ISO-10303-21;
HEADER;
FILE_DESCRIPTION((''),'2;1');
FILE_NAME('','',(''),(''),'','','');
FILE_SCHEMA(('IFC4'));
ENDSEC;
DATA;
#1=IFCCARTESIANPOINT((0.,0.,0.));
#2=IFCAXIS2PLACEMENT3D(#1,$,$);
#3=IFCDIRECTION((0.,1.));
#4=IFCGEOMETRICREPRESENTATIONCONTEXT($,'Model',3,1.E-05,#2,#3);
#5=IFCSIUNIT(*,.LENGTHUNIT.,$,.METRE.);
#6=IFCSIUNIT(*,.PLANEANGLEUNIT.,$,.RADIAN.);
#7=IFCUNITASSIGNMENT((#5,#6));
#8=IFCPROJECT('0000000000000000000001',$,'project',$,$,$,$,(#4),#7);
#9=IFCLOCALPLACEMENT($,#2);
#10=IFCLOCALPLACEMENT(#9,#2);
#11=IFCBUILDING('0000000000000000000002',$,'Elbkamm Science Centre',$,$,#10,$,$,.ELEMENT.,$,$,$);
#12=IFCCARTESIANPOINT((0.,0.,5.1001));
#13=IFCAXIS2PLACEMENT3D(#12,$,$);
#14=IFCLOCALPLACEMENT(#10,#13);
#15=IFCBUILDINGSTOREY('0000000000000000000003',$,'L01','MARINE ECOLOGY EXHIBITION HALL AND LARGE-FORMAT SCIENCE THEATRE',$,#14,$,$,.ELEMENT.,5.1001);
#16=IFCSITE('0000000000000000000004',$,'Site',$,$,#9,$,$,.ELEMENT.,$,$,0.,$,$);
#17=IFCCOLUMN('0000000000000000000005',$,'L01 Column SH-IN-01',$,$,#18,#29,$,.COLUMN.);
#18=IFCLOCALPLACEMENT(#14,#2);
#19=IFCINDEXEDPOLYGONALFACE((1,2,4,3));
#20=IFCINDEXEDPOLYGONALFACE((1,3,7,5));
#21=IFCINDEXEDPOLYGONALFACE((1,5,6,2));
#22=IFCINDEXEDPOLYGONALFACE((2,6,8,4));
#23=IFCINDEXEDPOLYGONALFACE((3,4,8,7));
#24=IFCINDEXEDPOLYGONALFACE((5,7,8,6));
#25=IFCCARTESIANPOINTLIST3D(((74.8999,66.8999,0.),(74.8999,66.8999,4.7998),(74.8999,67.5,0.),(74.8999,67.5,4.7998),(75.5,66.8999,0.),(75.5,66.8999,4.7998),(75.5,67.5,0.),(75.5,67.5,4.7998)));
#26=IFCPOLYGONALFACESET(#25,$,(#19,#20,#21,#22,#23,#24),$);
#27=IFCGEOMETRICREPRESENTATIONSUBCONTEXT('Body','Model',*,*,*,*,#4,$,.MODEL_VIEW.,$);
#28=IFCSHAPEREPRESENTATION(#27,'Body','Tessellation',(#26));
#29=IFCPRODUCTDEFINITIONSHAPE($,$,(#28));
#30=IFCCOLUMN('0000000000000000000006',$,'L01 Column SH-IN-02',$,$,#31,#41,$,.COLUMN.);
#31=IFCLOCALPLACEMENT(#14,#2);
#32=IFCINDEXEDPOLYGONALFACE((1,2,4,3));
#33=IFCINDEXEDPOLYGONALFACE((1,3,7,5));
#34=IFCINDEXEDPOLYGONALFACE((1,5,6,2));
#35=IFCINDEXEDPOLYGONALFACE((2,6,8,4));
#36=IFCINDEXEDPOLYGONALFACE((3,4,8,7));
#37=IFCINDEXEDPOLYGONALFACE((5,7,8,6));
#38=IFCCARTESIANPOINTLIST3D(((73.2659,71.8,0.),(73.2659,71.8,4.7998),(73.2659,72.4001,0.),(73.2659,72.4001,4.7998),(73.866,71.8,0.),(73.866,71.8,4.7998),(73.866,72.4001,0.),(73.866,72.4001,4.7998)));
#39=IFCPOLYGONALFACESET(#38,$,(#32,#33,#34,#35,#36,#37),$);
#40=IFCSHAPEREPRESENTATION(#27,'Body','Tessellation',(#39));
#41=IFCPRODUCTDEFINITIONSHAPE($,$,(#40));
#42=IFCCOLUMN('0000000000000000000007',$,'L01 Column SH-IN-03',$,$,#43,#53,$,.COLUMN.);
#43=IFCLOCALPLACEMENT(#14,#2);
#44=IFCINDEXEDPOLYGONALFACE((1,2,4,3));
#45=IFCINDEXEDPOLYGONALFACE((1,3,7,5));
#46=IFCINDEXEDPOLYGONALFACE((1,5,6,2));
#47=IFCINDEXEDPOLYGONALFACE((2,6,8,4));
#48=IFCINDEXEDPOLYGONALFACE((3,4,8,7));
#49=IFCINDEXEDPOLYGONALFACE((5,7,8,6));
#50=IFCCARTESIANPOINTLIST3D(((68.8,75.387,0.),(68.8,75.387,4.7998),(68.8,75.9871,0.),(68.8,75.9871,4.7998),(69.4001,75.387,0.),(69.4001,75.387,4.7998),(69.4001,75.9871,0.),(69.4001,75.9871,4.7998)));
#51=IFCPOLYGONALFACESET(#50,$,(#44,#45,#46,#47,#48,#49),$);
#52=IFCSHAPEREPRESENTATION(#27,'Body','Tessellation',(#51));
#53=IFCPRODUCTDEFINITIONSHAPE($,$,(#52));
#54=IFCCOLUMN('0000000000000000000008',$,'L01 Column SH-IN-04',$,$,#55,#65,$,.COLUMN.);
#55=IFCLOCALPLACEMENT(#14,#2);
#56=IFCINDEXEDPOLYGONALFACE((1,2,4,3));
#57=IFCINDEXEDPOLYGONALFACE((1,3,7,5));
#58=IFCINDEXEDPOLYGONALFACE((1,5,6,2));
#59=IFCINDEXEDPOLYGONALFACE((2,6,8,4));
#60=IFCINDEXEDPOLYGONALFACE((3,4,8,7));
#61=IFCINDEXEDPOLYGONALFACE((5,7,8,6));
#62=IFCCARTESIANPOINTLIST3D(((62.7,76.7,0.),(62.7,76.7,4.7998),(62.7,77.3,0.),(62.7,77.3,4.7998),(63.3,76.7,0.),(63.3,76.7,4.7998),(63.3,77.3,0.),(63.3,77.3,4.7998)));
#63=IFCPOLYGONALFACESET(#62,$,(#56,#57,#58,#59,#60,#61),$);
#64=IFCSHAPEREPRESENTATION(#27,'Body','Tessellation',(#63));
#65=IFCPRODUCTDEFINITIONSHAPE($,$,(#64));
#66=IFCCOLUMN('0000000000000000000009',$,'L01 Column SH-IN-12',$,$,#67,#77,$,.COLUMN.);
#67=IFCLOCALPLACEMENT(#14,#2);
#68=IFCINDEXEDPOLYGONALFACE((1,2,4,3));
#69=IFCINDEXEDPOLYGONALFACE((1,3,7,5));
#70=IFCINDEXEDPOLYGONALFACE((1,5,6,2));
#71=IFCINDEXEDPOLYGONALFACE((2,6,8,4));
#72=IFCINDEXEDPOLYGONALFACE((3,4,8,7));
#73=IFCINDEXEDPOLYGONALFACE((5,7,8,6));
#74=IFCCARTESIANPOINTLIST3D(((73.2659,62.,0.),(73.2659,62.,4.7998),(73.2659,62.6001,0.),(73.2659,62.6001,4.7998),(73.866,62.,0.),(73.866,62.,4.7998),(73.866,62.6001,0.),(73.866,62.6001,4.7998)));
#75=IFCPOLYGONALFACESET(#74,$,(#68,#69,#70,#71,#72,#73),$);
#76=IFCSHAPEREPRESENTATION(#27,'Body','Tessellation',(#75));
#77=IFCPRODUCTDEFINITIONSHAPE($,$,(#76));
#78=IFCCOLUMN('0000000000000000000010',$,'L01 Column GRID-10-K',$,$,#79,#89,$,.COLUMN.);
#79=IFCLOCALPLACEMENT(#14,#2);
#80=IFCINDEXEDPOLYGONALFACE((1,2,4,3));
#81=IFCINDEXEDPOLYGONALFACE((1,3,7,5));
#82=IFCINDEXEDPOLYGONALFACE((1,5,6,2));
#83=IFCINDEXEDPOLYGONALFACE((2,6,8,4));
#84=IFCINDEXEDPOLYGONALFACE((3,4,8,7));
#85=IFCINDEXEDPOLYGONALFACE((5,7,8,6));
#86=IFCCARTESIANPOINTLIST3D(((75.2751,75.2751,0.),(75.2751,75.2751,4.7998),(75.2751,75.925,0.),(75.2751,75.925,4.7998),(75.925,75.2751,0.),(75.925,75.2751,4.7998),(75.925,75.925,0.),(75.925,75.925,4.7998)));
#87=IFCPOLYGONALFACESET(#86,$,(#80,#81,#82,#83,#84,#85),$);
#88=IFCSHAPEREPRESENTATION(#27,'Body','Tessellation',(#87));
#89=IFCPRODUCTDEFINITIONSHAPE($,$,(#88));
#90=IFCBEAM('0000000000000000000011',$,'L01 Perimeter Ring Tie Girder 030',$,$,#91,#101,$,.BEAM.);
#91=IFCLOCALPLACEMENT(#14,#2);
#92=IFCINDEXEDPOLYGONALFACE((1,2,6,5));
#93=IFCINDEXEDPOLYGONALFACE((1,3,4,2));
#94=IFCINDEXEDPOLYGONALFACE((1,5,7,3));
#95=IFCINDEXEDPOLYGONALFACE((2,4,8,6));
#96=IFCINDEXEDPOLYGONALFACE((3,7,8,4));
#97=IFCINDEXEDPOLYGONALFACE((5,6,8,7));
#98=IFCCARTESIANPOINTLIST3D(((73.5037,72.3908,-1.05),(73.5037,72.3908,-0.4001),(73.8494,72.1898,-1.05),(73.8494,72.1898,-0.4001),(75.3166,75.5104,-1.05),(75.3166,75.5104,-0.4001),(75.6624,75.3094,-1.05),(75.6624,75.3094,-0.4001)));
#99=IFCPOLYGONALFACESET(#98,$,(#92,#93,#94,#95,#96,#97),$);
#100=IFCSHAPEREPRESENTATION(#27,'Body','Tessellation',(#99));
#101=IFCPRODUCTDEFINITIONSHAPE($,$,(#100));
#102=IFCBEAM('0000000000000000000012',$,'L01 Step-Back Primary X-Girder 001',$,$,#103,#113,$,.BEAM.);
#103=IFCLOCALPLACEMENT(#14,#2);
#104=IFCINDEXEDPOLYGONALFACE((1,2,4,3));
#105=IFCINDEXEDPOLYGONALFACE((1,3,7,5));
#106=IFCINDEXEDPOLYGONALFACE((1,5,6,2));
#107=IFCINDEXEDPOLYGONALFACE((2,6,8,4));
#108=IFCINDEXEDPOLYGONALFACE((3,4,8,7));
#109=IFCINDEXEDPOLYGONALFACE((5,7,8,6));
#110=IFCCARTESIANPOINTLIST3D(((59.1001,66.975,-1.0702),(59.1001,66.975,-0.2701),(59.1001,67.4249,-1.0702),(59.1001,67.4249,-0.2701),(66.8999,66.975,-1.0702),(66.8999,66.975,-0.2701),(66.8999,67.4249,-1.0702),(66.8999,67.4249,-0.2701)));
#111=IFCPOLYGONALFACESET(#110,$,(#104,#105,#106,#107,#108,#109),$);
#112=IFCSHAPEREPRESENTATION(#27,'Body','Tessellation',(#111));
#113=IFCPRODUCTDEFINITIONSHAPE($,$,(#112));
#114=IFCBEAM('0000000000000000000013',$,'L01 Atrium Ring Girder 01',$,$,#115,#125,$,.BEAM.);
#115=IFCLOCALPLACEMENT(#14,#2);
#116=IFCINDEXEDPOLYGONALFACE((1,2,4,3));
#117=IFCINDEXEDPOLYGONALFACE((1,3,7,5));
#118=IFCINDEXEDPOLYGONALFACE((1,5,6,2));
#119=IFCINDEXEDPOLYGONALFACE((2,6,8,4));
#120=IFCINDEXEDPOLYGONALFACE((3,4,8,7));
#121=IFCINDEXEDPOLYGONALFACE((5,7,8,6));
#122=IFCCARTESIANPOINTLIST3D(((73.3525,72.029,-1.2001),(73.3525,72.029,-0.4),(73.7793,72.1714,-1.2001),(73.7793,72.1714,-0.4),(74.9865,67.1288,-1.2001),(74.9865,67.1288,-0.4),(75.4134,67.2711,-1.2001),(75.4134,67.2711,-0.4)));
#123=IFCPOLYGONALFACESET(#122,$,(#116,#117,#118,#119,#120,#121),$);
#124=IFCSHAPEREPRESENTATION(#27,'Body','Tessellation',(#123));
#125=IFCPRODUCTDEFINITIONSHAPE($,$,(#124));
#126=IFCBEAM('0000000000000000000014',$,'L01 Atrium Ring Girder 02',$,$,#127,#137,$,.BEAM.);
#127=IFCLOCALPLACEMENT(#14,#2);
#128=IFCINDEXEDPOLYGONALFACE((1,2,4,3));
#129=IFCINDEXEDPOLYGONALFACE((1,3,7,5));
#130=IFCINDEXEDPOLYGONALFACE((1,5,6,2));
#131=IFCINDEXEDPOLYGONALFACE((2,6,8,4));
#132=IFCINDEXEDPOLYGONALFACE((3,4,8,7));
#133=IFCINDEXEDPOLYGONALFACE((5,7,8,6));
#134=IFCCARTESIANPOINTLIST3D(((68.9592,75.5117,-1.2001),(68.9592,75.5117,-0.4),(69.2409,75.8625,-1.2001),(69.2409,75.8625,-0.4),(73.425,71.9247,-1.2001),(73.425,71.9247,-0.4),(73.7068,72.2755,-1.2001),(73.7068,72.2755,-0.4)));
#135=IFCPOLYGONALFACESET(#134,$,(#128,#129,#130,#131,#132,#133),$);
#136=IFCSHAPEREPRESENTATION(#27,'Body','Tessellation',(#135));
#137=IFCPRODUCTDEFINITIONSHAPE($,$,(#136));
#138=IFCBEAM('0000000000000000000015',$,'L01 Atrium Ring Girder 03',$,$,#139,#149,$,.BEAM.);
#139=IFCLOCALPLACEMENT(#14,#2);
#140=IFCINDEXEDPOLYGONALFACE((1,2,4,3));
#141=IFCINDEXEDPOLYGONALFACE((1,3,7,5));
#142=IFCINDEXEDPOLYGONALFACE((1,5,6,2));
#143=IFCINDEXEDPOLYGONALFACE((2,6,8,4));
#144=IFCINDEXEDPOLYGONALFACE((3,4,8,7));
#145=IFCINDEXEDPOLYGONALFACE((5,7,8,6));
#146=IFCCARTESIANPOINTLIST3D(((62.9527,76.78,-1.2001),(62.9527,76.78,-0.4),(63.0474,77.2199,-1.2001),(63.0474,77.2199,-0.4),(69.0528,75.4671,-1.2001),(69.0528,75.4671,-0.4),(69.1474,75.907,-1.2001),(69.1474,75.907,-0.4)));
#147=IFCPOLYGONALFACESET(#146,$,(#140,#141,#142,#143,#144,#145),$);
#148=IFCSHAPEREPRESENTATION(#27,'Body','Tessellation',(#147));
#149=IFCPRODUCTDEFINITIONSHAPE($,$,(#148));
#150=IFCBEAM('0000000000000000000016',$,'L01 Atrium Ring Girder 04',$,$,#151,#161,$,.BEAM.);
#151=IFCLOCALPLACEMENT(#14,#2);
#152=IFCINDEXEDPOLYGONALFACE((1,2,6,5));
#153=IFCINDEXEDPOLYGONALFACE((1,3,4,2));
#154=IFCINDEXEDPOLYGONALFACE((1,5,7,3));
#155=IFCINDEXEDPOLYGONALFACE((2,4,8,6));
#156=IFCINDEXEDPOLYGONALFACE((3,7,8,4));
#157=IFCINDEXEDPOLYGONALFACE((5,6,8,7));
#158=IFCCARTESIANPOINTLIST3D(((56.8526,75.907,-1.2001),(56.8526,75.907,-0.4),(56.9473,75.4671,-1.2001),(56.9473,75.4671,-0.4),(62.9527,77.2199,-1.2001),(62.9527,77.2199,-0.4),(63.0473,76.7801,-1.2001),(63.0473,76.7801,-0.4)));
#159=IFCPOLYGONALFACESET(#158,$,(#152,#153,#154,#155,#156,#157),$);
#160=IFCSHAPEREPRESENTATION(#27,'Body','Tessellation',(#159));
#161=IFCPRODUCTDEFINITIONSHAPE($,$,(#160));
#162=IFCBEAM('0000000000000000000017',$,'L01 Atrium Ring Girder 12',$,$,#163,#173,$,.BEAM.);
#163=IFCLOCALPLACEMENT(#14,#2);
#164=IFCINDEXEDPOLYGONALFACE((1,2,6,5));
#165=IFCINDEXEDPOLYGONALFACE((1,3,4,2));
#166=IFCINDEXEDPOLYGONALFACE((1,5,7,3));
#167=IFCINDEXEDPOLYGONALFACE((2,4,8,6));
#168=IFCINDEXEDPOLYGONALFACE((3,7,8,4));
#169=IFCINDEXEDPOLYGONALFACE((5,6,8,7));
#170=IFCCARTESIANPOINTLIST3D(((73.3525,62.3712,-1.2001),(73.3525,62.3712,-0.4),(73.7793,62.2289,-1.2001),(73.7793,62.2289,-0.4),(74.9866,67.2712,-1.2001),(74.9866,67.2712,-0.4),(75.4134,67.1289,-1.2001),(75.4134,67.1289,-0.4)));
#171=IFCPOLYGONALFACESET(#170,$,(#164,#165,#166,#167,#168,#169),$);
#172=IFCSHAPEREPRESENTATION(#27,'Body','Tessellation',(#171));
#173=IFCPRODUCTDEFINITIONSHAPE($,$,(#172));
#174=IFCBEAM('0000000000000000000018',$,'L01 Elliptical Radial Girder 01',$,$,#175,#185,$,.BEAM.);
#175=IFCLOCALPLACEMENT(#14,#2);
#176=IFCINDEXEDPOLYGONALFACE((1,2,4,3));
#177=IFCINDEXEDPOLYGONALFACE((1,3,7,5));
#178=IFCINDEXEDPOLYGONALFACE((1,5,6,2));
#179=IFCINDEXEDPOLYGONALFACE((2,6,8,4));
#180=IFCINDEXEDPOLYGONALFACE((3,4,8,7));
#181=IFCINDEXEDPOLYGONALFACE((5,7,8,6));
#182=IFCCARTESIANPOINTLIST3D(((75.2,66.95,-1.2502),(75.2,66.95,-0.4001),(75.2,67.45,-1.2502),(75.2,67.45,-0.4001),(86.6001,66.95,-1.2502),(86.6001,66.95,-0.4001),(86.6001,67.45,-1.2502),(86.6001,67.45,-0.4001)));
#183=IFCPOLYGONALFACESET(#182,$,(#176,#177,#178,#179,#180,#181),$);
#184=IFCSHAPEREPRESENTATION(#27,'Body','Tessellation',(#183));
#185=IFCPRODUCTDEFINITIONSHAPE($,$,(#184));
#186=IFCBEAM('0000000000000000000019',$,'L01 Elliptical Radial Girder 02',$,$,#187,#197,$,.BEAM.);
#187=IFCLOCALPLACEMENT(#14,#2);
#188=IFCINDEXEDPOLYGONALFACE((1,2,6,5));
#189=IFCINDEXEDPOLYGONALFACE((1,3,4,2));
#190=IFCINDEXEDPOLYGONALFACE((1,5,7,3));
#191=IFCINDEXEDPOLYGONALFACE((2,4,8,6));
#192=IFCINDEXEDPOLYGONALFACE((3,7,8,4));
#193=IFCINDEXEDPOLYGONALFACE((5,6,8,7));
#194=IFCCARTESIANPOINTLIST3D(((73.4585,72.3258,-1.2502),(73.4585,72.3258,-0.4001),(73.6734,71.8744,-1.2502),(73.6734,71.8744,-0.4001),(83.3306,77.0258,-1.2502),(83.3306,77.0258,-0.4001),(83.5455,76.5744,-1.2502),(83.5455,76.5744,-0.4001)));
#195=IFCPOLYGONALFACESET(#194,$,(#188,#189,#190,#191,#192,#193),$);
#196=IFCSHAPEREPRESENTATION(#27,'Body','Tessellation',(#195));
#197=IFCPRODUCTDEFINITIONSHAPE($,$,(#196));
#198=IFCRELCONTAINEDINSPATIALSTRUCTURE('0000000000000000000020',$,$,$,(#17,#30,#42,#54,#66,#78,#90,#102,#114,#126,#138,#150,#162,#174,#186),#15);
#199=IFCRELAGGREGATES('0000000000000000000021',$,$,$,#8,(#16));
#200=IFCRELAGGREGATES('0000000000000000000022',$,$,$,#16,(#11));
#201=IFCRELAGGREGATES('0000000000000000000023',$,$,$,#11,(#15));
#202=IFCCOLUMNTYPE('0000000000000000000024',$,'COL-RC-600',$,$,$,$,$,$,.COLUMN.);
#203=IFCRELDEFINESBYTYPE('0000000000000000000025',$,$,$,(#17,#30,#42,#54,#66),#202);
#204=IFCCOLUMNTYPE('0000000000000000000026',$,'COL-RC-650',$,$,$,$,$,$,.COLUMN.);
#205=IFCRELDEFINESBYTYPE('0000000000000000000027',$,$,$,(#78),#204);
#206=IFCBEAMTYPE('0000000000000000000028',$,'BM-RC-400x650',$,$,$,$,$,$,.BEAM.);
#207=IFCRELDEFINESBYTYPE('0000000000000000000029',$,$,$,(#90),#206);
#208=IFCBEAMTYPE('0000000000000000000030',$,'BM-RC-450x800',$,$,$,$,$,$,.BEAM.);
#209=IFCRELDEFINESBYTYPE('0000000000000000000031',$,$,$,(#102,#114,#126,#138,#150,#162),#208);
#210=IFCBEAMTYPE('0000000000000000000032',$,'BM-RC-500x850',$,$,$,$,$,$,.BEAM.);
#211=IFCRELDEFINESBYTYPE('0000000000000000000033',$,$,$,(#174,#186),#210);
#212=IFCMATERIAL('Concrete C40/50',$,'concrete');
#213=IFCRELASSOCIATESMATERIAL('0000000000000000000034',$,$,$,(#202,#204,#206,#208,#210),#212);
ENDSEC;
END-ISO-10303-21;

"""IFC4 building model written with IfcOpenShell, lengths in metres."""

from ifc_helpers import new_model, si_unit, direction, frame, origin, origin_2d, place, context, subcontext, project, spatial, rectangle, extrude, material, material_profile, profile_set, type_object, element, save


model = new_model("IFC4")

# Units and contexts
model_context = context("Model", 3, precision=1e-05, world=origin(), true_north=direction((0.0, 1.0)))
body_context = subcontext(model_context, "Body", "Model", "MODEL_VIEW")
ifc_project = project(units=[si_unit("LENGTHUNIT", "METRE"), si_unit("PLANEANGLEUNIT", "RADIAN")], contexts=[model_context])

# Site, building, storey
site_placement = place(None, origin())
site = spatial("IfcSite", under=ifc_project, at=site_placement, Name="Site", CompositionType="ELEMENT", RefElevation=0.0)
building_placement = place(site_placement, origin())
building = spatial("IfcBuilding", under=site, at=building_placement, Name="Elbkamm Science Centre", CompositionType="ELEMENT")
storey_placement = place(building_placement, frame((0.0, 0.0, 5.1001)))
storey = spatial("IfcBuildingStorey", under=building, at=storey_placement, Name="L01", Description="MARINE ECOLOGY EXHIBITION HALL AND LARGE-FORMAT SCIENCE THEATRE", CompositionType="ELEMENT", Elevation=5.1001)

# Columns
ifc_material_1 = material(Name="Concrete C40/50", Category="concrete")
ifc_material_profile_1 = material_profile(ifc_material_1, rectangle(XDim=0.6001, YDim=0.6001, at=origin_2d()), Name="RC 600x600")
ifc_profile_set_1 = profile_set([ifc_material_profile_1], Name="Concrete C40/50")
column_type_1 = type_object("IfcColumnType", Name="COL-RC-600", PredefinedType="COLUMN", material=ifc_profile_set_1)
for number, where, z_axis, x_axis, name in (
    (1, (75.2, 67.2, 0.0), (0.0, 0.0, 1.0), (1.0, 0.0, 0.0), "L01 Column SH-IN-01"),
    (2, (73.5659, 72.1001, 0.0), (0.0, 0.0, 1.0), (1.0, 0.0, 0.0), "L01 Column SH-IN-02"),
    (3, (69.1001, 75.687, 0.0), (0.0, 0.0, 1.0), (1.0, 0.0, 0.0), "L01 Column SH-IN-03"),
    (4, (63.0, 77.0, 0.0), (0.0, 0.0, 1.0), (1.0, 0.0, 0.0), "L01 Column SH-IN-04"),
    (5, (73.5659, 62.3, 0.0), (0.0, 0.0, 1.0), (1.0, 0.0, 0.0), "L01 Column SH-IN-12"),
):
    element("IfcColumn", number, at=place(storey_placement, frame(where, z_axis=z_axis, x_axis=x_axis)), inside=storey, type_object=column_type_1, Name=name, PredefinedType="COLUMN", context=body_context, shape_type="SweptSolid", body=[
        extrude(rectangle(XDim=0.6001, YDim=0.6001, at=origin_2d()), origin(), (0.0, 0.0, 1.0), 4.7998),
    ])
ifc_material_profile_2 = material_profile(ifc_material_1, rectangle(XDim=0.6499, YDim=0.6499, at=origin_2d()), Name="RC 650x650")
ifc_profile_set_2 = profile_set([ifc_material_profile_2], Name="Concrete C40/50")
column_type_2 = type_object("IfcColumnType", Name="COL-RC-650", PredefinedType="COLUMN", material=ifc_profile_set_2)
column_placement = place(storey_placement, frame((75.6001, 75.6001, 0.0), z_axis=(0.0, 0.0, 1.0), x_axis=(1.0, 0.0, 0.0)))
element("IfcColumn", 6, at=column_placement, inside=storey, type_object=column_type_2, Name="L01 Column GRID-10-K", PredefinedType="COLUMN", context=body_context, shape_type="SweptSolid", body=[
    extrude(rectangle(XDim=0.6499, YDim=0.6499, at=origin_2d()), origin(), (0.0, 0.0, 1.0), 4.7998),
])

# Beams
ifc_material_profile_3 = material_profile(ifc_material_1, rectangle(XDim=0.3999, YDim=0.6499, at=origin_2d()), Name="RC 400x650")
ifc_profile_set_3 = profile_set([ifc_material_profile_3], Name="Concrete C40/50")
beam_type_1 = type_object("IfcBeamType", Name="BM-RC-400x650", PredefinedType="BEAM", material=ifc_profile_set_3)
beam_1_placement = place(storey_placement, frame((75.4895, 75.4099, -0.7251), z_axis=(-0.502465, -0.864597, 0.0), x_axis=(0.864597, -0.502465, 0.0)))
element("IfcBeam", 7, at=beam_1_placement, inside=storey, type_object=beam_type_1, Name="L01 Perimeter Ring Tie Girder 030", PredefinedType="BEAM", context=body_context, shape_type="SweptSolid", body=[
    extrude(rectangle(XDim=0.3999, YDim=0.6499, at=origin_2d()), origin(), (0.0, 0.0, 1.0), 3.6082),
])
ifc_material_profile_4 = material_profile(ifc_material_1, rectangle(XDim=0.45, YDim=0.8, at=origin_2d()), Name="RC 450x800")
ifc_profile_set_4 = profile_set([ifc_material_profile_4], Name="Concrete C40/50")
beam_type_2 = type_object("IfcBeamType", Name="BM-RC-450x800", PredefinedType="BEAM", material=ifc_profile_set_4)
beam_2_placement = place(storey_placement, frame((59.1001, 67.2, -0.6702), z_axis=(1.0, 0.0, 0.0), x_axis=(0.0, 1.0, 0.0)))
element("IfcBeam", 8, at=beam_2_placement, inside=storey, type_object=beam_type_2, Name="L01 Step-Back Primary X-Girder 001", PredefinedType="BEAM", context=body_context, shape_type="SweptSolid", body=[
    extrude(rectangle(XDim=0.45, YDim=0.8, at=origin_2d()), origin(), (0.0, 0.0, 1.0), 7.7998),
])
beam_3_placement = place(storey_placement, frame((75.2, 67.2, -0.8), z_axis=(-0.316341, 0.948645, 0.0), x_axis=(-0.948645, -0.316341, 0.0)))
element("IfcBeam", 9, at=beam_3_placement, inside=storey, type_object=beam_type_2, Name="L01 Atrium Ring Girder 01", PredefinedType="BEAM", context=body_context, shape_type="SweptSolid", body=[
    extrude(rectangle(XDim=0.45, YDim=0.8, at=origin_2d()), origin(), (0.0, 0.0, 1.0), 5.1655),
])
beam_4_placement = place(storey_placement, frame((73.5659, 72.1001, -0.8), z_axis=(-0.779653, 0.626212, 0.0), x_axis=(-0.626212, -0.779653, 0.0)))
element("IfcBeam", 10, at=beam_4_placement, inside=storey, type_object=beam_type_2, Name="L01 Atrium Ring Girder 02", PredefinedType="BEAM", context=body_context, shape_type="SweptSolid", body=[
    extrude(rectangle(XDim=0.45, YDim=0.8, at=origin_2d()), origin(), (0.0, 0.0, 1.0), 5.728),
])
for number, where, z_axis, x_axis, name in (
    (11, (69.1001, 75.687, -0.8), (-0.977611, 0.210421, 0.0), (-0.210421, -0.977611, 0.0), "L01 Atrium Ring Girder 03"),
    (12, (63.0, 77.0, -0.8), (-0.977611, -0.210421, 0.0), (0.210421, -0.977611, 0.0), "L01 Atrium Ring Girder 04"),
):
    element("IfcBeam", number, at=place(storey_placement, frame(where, z_axis=z_axis, x_axis=x_axis)), inside=storey, type_object=beam_type_2, Name=name, PredefinedType="BEAM", context=body_context, shape_type="SweptSolid", body=[
        extrude(rectangle(XDim=0.45, YDim=0.8, at=origin_2d()), origin(), (0.0, 0.0, 1.0), 6.2397),
    ])
beam_5_placement = place(storey_placement, frame((73.5659, 62.3, -0.8), z_axis=(0.316355, 0.948641, 0.0), x_axis=(-0.948641, 0.316355, 0.0)))
element("IfcBeam", 13, at=beam_5_placement, inside=storey, type_object=beam_type_2, Name="L01 Atrium Ring Girder 12", PredefinedType="BEAM", context=body_context, shape_type="SweptSolid", body=[
    extrude(rectangle(XDim=0.45, YDim=0.8, at=origin_2d()), origin(), (0.0, 0.0, 1.0), 5.1653),
])
ifc_material_profile_5 = material_profile(ifc_material_1, rectangle(XDim=0.5, YDim=0.8501, at=origin_2d()), Name="RC 500x850")
ifc_profile_set_5 = profile_set([ifc_material_profile_5], Name="Concrete C40/50")
beam_type_3 = type_object("IfcBeamType", Name="BM-RC-500x850", PredefinedType="BEAM", material=ifc_profile_set_5)
beam_6_placement = place(storey_placement, frame((75.2, 67.2, -0.8252), z_axis=(1.0, 0.0, 0.0), x_axis=(0.0, 1.0, 0.0)))
element("IfcBeam", 14, at=beam_6_placement, inside=storey, type_object=beam_type_3, Name="L01 Elliptical Radial Girder 01", PredefinedType="BEAM", context=body_context, shape_type="SweptSolid", body=[
    extrude(rectangle(XDim=0.5, YDim=0.8501, at=origin_2d()), origin(), (0.0, 0.0, 1.0), 11.4001),
])
beam_7_placement = place(storey_placement, frame((73.5659, 72.1001, -0.8252), z_axis=(0.902897, 0.429856, 0.0), x_axis=(-0.429856, 0.902897, 0.0)))
element("IfcBeam", 15, at=beam_7_placement, inside=storey, type_object=beam_type_3, Name="L01 Elliptical Radial Girder 02", PredefinedType="BEAM", context=body_context, shape_type="SweptSolid", body=[
    extrude(rectangle(XDim=0.5, YDim=0.8501, at=origin_2d()), origin(), (0.0, 0.0, 1.0), 10.9338),
])

save(model, "model.ifc")
